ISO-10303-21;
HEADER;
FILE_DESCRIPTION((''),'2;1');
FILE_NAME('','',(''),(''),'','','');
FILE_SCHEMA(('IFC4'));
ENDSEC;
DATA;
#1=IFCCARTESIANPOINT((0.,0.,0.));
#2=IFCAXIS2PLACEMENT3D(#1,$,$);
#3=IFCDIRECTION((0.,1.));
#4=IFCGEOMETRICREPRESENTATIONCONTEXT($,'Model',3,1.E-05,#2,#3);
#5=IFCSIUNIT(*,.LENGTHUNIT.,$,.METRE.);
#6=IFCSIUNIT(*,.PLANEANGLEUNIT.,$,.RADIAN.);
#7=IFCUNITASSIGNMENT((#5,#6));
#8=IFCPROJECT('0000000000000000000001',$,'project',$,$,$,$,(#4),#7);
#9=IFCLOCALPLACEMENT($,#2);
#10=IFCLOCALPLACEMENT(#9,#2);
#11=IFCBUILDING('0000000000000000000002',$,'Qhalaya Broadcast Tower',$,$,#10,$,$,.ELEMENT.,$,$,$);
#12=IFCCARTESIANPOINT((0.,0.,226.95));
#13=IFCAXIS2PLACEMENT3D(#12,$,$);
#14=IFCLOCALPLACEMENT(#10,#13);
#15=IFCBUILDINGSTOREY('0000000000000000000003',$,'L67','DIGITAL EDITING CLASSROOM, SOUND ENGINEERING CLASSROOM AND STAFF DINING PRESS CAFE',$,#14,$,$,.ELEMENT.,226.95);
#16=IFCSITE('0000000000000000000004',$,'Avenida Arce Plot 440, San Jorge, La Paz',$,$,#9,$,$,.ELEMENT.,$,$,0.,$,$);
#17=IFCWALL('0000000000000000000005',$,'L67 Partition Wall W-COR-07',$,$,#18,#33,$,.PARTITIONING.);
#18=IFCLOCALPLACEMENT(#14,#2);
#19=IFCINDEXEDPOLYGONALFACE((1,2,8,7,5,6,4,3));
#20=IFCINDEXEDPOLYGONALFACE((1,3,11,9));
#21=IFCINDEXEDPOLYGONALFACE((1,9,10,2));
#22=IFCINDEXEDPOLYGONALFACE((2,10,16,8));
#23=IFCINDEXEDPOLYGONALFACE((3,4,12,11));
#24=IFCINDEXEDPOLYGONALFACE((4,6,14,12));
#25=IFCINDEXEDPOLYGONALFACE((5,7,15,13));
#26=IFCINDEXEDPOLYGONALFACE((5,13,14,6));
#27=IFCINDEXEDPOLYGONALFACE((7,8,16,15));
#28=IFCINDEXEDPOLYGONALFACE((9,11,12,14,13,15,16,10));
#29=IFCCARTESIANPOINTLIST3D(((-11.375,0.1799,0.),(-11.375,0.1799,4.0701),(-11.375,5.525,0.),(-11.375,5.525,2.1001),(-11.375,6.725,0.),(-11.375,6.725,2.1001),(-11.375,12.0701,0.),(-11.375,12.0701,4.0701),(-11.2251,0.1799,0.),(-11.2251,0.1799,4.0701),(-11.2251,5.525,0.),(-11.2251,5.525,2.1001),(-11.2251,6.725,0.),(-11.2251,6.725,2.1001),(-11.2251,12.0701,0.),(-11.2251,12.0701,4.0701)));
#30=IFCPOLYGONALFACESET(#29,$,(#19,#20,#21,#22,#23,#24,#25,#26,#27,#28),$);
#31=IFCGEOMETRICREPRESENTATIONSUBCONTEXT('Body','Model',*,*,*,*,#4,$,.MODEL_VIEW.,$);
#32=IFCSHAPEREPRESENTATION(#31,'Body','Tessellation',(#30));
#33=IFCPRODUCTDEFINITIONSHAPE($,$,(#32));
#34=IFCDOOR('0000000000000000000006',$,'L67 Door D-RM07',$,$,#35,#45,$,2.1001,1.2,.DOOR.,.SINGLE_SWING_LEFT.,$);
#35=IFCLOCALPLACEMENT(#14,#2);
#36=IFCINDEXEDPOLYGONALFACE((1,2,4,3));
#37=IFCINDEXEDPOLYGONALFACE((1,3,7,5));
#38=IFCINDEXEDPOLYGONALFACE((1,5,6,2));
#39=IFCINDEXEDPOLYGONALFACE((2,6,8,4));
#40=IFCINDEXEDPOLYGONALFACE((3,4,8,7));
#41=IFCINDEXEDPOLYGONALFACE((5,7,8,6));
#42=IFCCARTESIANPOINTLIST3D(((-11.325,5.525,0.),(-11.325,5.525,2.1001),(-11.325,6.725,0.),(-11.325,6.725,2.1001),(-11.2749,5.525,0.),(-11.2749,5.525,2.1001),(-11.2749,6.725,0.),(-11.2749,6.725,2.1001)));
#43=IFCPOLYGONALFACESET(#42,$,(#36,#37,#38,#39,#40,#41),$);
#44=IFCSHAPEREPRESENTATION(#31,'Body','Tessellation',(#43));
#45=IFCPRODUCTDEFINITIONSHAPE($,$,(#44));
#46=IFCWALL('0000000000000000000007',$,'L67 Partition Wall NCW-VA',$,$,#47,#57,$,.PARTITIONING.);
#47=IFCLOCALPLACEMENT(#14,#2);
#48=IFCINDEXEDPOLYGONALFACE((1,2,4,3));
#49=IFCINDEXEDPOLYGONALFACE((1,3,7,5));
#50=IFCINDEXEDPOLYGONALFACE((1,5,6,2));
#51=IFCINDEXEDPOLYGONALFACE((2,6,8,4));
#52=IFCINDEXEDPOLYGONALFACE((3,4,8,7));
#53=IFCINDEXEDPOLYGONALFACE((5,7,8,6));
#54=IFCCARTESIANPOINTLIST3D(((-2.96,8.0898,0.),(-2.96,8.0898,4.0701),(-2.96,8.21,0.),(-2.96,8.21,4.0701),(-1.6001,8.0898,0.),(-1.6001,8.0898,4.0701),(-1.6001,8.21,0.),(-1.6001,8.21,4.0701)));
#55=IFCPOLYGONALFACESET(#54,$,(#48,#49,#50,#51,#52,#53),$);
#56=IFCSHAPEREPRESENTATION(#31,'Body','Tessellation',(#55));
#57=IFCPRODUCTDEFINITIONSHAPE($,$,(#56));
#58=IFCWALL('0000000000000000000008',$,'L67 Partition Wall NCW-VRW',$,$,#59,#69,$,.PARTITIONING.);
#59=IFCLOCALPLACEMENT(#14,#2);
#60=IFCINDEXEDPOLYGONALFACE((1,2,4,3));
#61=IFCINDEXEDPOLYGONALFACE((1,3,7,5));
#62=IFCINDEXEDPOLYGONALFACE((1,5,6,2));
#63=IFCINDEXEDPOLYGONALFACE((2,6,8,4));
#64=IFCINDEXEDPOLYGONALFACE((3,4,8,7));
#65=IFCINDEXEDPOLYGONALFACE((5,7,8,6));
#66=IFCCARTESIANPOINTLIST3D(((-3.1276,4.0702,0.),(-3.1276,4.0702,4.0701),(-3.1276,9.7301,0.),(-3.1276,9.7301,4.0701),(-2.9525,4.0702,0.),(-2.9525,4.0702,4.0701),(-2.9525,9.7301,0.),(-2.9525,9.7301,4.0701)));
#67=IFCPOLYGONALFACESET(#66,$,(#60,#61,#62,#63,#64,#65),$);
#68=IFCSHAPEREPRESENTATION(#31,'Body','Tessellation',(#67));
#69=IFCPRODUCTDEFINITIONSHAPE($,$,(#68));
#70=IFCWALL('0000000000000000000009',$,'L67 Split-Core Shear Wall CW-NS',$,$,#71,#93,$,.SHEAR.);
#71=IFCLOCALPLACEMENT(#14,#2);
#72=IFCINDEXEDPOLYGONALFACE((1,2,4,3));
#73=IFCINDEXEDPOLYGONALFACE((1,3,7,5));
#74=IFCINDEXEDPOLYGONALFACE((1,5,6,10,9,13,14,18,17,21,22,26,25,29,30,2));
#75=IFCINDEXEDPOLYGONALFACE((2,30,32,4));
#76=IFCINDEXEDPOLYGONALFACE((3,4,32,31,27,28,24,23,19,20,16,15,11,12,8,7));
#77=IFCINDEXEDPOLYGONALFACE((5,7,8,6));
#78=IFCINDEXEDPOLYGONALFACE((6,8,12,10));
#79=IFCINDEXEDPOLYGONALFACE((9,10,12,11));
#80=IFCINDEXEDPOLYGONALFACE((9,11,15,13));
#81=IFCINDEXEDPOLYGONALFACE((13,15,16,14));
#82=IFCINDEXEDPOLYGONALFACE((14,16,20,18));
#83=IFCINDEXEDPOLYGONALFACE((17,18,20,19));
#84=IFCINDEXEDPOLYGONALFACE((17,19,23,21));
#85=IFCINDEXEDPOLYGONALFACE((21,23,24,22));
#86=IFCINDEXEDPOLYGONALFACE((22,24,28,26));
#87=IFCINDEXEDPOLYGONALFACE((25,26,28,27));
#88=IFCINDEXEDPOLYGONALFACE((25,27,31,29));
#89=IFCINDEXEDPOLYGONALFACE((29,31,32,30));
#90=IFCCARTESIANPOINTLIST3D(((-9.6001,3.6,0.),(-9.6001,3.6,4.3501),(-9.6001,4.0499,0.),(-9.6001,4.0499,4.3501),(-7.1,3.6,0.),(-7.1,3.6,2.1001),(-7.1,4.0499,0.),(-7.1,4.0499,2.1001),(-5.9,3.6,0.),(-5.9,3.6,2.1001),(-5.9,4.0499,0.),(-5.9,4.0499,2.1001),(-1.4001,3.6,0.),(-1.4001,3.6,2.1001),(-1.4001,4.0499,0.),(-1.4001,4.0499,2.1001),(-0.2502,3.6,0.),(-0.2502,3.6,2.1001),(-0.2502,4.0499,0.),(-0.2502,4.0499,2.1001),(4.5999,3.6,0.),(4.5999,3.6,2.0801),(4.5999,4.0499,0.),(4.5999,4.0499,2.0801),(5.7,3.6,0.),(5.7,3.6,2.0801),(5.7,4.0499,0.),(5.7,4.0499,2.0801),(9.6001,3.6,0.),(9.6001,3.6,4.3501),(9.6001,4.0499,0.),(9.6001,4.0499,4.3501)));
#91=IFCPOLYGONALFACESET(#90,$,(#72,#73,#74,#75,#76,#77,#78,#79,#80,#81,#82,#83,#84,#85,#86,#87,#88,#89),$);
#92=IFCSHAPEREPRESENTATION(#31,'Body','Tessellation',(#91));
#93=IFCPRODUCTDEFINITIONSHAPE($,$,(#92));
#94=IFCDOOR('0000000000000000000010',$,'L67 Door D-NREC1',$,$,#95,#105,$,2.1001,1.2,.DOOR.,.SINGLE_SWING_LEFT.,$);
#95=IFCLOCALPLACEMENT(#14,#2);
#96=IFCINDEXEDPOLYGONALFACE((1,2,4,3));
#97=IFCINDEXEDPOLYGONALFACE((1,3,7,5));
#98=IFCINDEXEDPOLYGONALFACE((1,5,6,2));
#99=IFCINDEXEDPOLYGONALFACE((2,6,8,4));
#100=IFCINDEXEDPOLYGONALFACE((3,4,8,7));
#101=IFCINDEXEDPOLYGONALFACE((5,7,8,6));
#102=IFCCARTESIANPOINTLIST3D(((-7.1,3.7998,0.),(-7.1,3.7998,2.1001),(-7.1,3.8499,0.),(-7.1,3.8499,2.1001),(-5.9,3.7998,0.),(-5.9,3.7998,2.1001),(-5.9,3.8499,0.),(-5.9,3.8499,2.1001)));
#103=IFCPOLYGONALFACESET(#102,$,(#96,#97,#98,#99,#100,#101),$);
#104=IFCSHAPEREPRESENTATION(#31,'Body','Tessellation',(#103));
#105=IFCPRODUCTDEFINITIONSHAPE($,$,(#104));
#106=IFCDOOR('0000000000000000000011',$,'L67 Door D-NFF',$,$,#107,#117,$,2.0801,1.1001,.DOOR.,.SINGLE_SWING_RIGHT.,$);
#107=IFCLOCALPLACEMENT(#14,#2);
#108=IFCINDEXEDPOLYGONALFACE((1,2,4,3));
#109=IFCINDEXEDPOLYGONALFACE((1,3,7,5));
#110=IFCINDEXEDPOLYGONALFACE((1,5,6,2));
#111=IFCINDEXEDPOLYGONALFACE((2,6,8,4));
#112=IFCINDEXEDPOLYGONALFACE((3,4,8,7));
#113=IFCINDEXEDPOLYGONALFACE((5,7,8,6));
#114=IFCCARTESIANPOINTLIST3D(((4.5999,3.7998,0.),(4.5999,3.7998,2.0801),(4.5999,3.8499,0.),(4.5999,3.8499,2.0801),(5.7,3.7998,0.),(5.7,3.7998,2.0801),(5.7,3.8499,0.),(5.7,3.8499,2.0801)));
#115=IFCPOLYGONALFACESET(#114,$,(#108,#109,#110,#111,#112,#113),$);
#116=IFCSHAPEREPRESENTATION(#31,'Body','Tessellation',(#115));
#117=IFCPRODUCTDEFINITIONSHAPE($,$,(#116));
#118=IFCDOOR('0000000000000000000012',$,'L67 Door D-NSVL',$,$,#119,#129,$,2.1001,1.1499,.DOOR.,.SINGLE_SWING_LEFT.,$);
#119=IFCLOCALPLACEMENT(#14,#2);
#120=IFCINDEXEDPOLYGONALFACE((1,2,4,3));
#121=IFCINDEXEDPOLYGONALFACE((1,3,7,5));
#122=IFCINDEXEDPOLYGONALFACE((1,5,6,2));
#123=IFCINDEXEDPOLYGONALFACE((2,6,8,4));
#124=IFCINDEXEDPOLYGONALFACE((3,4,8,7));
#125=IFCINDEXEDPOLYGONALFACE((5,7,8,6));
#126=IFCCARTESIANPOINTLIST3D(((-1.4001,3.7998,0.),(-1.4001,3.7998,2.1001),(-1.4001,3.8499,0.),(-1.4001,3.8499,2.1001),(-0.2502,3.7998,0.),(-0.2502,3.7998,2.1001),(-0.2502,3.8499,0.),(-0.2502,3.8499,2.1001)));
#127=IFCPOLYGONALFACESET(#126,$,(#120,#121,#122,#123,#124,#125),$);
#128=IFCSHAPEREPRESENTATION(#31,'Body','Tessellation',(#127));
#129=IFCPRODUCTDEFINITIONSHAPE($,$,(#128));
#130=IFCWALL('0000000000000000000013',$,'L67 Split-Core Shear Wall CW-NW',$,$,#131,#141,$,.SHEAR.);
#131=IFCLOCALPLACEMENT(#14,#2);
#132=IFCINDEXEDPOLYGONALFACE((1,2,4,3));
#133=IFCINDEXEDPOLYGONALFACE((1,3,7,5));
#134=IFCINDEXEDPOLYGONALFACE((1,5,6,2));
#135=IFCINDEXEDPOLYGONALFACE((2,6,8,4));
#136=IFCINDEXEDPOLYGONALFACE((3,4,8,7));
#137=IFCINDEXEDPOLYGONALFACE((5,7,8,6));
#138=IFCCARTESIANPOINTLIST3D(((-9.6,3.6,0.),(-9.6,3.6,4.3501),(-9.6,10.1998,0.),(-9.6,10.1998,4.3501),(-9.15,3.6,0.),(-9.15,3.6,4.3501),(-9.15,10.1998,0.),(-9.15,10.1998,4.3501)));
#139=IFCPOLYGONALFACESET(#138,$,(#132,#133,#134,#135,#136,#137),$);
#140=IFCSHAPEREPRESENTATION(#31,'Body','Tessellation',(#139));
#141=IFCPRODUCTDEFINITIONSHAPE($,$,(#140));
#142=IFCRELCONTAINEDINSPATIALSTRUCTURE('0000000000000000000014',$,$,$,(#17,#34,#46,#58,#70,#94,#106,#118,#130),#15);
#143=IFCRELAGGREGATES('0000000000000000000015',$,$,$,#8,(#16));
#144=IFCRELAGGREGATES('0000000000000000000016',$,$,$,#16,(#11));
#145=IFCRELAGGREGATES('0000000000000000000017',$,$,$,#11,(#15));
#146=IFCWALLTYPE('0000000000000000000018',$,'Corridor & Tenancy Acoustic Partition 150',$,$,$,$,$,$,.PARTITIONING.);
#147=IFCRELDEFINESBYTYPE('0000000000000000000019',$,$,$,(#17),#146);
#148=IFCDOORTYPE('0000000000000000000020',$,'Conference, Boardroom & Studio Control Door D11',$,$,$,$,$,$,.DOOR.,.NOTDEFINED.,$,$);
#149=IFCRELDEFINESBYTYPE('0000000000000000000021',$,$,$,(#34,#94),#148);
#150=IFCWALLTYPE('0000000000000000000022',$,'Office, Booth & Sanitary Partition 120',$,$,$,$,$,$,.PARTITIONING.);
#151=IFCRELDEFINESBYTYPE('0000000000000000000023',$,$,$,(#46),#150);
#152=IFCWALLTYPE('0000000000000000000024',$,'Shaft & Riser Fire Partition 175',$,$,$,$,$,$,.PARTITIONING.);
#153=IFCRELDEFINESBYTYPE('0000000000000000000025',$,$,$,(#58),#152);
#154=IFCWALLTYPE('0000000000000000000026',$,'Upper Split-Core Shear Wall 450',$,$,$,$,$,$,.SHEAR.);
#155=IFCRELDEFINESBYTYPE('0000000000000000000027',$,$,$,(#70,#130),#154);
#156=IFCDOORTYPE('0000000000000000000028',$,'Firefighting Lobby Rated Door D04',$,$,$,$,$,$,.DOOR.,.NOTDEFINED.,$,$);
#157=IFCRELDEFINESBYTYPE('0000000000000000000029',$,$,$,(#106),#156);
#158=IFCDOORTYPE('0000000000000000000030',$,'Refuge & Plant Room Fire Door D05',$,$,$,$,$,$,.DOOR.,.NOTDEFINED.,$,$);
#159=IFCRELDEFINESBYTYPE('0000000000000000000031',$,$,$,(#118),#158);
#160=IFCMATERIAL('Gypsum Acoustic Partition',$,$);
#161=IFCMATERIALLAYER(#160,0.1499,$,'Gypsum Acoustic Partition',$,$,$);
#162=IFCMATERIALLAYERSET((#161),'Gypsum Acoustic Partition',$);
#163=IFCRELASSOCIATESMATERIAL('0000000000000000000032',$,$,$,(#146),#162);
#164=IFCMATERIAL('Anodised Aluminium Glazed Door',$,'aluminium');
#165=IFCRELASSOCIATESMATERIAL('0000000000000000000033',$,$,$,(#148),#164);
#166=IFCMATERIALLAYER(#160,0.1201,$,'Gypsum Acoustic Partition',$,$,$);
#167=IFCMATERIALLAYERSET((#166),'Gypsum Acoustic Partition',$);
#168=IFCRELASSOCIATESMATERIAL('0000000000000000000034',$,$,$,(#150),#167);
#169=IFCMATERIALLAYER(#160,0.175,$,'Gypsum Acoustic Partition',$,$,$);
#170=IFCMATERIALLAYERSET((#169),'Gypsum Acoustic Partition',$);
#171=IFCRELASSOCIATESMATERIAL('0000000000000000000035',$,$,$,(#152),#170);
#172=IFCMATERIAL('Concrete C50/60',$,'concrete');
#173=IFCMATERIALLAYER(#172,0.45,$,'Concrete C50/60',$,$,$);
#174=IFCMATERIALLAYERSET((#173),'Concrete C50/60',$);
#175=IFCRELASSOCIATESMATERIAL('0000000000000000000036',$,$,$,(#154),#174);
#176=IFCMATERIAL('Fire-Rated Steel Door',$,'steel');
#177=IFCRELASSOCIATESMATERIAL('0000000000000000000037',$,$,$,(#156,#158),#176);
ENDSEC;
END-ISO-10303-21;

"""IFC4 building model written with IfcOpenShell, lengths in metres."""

from ifc_helpers import new_model, si_unit, direction, frame, frame_2d, origin, place, context, subcontext, project, spatial, rectangle, extrude, material, layer, layer_set, type_object, element, fill, save


model = new_model("IFC4")

# Units and contexts
model_context = context("Model", 3, precision=1e-05, world=origin(), true_north=direction((0.0, 1.0)))
body_context = subcontext(model_context, "Body", "Model", "MODEL_VIEW")
ifc_project = project(units=[si_unit("LENGTHUNIT", "METRE"), si_unit("PLANEANGLEUNIT", "RADIAN")], contexts=[model_context])

# Site, building, storey
site_placement = place(None, origin())
site = spatial("IfcSite", under=ifc_project, at=site_placement, Name="Avenida Arce Plot 440, San Jorge, La Paz", CompositionType="ELEMENT", RefElevation=0.0)
building_placement = place(site_placement, origin())
building = spatial("IfcBuilding", under=site, at=building_placement, Name="Qhalaya Broadcast Tower", CompositionType="ELEMENT")
storey_placement = place(building_placement, frame((0.0, 0.0, 226.95)))
storey = spatial("IfcBuildingStorey", under=building, at=storey_placement, Name="L67", Description="DIGITAL EDITING CLASSROOM, SOUND ENGINEERING CLASSROOM AND STAFF DINING PRESS CAFE", CompositionType="ELEMENT", Elevation=226.95)

# Shared definitions
ifc_material_1 = material(Name="Concrete C50/60", Category="concrete")

# Shared definitions
ifc_material_2 = material(Name="Gypsum Acoustic Partition")
ifc_layer_1 = layer(ifc_material_2, 0.1499, Name="Gypsum Acoustic Partition")
ifc_layer_set_1 = layer_set([ifc_layer_1], Name="Gypsum Acoustic Partition")
wall_type_1 = type_object("IfcWallType", Name="Corridor & Tenancy Acoustic Partition 150", PredefinedType="PARTITIONING", material=ifc_layer_set_1)
ifc_material_3 = material(Name="Fire-Rated Steel Door", Category="steel")

# Wall, opening, door
wall_1_placement = place(storey_placement, frame((-11.3, 0.1799, 0.0), z_axis=(0.0, 0.0, 1.0), x_axis=(0.0, 1.0, 0.0)))
wall_1 = element("IfcWall", 1, at=wall_1_placement, inside=storey, type_object=wall_type_1, Name="L67 Partition Wall W-COR-07", PredefinedType="PARTITIONING", context=body_context, shape_type="SweptSolid", body=[
    extrude(rectangle(XDim=11.8901, YDim=0.1499, at=frame_2d((5.9451, 0.0))), origin(), (0.0, 0.0, 1.0), 4.0701),
])
opening_1_placement = place(wall_1_placement, frame((5.345, 0.0, 0.0)))
opening_1 = element("IfcOpeningElement", 2, at=opening_1_placement, cuts=wall_1, PredefinedType="OPENING", context=body_context, shape_type="SweptSolid", body=[
    extrude(rectangle(XDim=1.2, YDim=2.1001, at=frame_2d((0.6001, 1.05))), frame((0.0, 0.0869, 0.0), z_axis=(0.0, -1.0, 0.0), x_axis=(1.0, 0.0, 0.0)), (0.0, 0.0, 1.0), 0.1738),
])
ifc_material_4 = material(Name="Anodised Aluminium Glazed Door", Category="aluminium")
door_type_1 = type_object("IfcDoorType", Name="Conference, Boardroom & Studio Control Door D11", OperationType="NOTDEFINED", PredefinedType="DOOR", material=ifc_material_4)
door_1_placement = place(opening_1_placement, origin())
door_1 = element("IfcDoor", 3, at=door_1_placement, inside=storey, type_object=door_type_1, Name="L67 Door D-RM07", OperationType="SINGLE_SWING_LEFT", OverallHeight=2.1001, OverallWidth=1.2, PredefinedType="DOOR", context=body_context, shape_type="SweptSolid", body=[
    extrude(rectangle(XDim=1.2, YDim=2.1001, at=frame_2d((0.6001, 1.05))), frame((0.0, 0.0249, 0.0), z_axis=(0.0, -1.0, 0.0), x_axis=(1.0, 0.0, 0.0)), (0.0, 0.0, 1.0), 0.05),
])
fill(opening_1, door_1)

# Walls
ifc_layer_2 = layer(ifc_material_2, 0.1201, Name="Gypsum Acoustic Partition")
ifc_layer_set_2 = layer_set([ifc_layer_2], Name="Gypsum Acoustic Partition")
wall_type_2 = type_object("IfcWallType", Name="Office, Booth & Sanitary Partition 120", PredefinedType="PARTITIONING", material=ifc_layer_set_2)
wall_2_placement = place(storey_placement, frame((-2.96, 8.1499, 0.0), z_axis=(0.0, 0.0, 1.0), x_axis=(1.0, 0.0, 0.0)))
element("IfcWall", 4, at=wall_2_placement, inside=storey, type_object=wall_type_2, Name="L67 Partition Wall NCW-VA", PredefinedType="PARTITIONING", context=body_context, shape_type="SweptSolid", body=[
    extrude(rectangle(XDim=1.3599, YDim=0.1201, at=frame_2d((0.6799, 0.0))), origin(), (0.0, 0.0, 1.0), 4.0701),
])
ifc_layer_3 = layer(ifc_material_2, 0.175, Name="Gypsum Acoustic Partition")
ifc_layer_set_3 = layer_set([ifc_layer_3], Name="Gypsum Acoustic Partition")
wall_type_3 = type_object("IfcWallType", Name="Shaft & Riser Fire Partition 175", PredefinedType="PARTITIONING", material=ifc_layer_set_3)
wall_3_placement = place(storey_placement, frame((-3.04, 4.0701, 0.0), z_axis=(0.0, 0.0, 1.0), x_axis=(0.0, 1.0, 0.0)))
element("IfcWall", 5, at=wall_3_placement, inside=storey, type_object=wall_type_3, Name="L67 Partition Wall NCW-VRW", PredefinedType="PARTITIONING", context=body_context, shape_type="SweptSolid", body=[
    extrude(rectangle(XDim=5.6599, YDim=0.175, at=frame_2d((2.8301, 0.0))), origin(), (0.0, 0.0, 1.0), 4.0701),
])

# Wall, openings, doors
ifc_layer_4 = layer(ifc_material_1, 0.45, Name="Concrete C50/60")
ifc_layer_set_4 = layer_set([ifc_layer_4], Name="Concrete C50/60")
wall_type_4 = type_object("IfcWallType", Name="Upper Split-Core Shear Wall 450", PredefinedType="SHEAR", material=ifc_layer_set_4)
wall_4_placement = place(storey_placement, frame((-9.6001, 3.825, 0.0), z_axis=(0.0, 0.0, 1.0), x_axis=(1.0, 0.0, 0.0)))
wall_4 = element("IfcWall", 6, at=wall_4_placement, inside=storey, type_object=wall_type_4, Name="L67 Split-Core Shear Wall CW-NS", PredefinedType="SHEAR", context=body_context, shape_type="SweptSolid", body=[
    extrude(rectangle(XDim=19.2002, YDim=0.45, at=frame_2d((9.6001, 0.0))), origin(), (0.0, 0.0, 1.0), 4.3501),
])
opening_2_placement = place(wall_4_placement, frame((14.2, 0.0, 0.0)))
opening_2 = element("IfcOpeningElement", 7, at=opening_2_placement, cuts=wall_4, PredefinedType="OPENING", context=body_context, shape_type="SweptSolid", body=[
    extrude(rectangle(XDim=1.1001, YDim=2.0801, at=frame_2d((0.55, 1.04))), frame((0.0, 0.2371, 0.0), z_axis=(0.0, -1.0, 0.0), x_axis=(1.0, 0.0, 0.0)), (0.0, 0.0, 1.0), 0.4739),
])
opening_3_placement = place(wall_4_placement, frame((8.2, 0.0, 0.0)))
opening_3 = element("IfcOpeningElement", 8, at=opening_3_placement, cuts=wall_4, PredefinedType="OPENING", context=body_context, shape_type="SweptSolid", body=[
    extrude(rectangle(XDim=1.1499, YDim=2.1001, at=frame_2d((0.575, 1.05))), frame((0.0, 0.2371, 0.0), z_axis=(0.0, -1.0, 0.0), x_axis=(1.0, 0.0, 0.0)), (0.0, 0.0, 1.0), 0.4739),
])
opening_4_placement = place(wall_4_placement, frame((2.5, 0.0, 0.0)))
opening_4 = element("IfcOpeningElement", 9, at=opening_4_placement, cuts=wall_4, PredefinedType="OPENING", context=body_context, shape_type="SweptSolid", body=[
    extrude(rectangle(XDim=1.2, YDim=2.1001, at=frame_2d((0.6001, 1.05))), frame((0.0, 0.2371, 0.0), z_axis=(0.0, -1.0, 0.0), x_axis=(1.0, 0.0, 0.0)), (0.0, 0.0, 1.0), 0.4739),
])
door_2_placement = place(opening_4_placement, origin())
door_2 = element("IfcDoor", 10, at=door_2_placement, inside=storey, type_object=door_type_1, Name="L67 Door D-NREC1", OperationType="SINGLE_SWING_LEFT", OverallHeight=2.1001, OverallWidth=1.2, PredefinedType="DOOR", context=body_context, shape_type="SweptSolid", body=[
    extrude(rectangle(XDim=1.2, YDim=2.1001, at=frame_2d((0.6001, 1.05))), frame((0.0, 0.0249, 0.0), z_axis=(0.0, -1.0, 0.0), x_axis=(1.0, 0.0, 0.0)), (0.0, 0.0, 1.0), 0.05),
])
fill(opening_4, door_2)
door_type_2 = type_object("IfcDoorType", Name="Firefighting Lobby Rated Door D04", OperationType="NOTDEFINED", PredefinedType="DOOR", material=ifc_material_3)
door_3_placement = place(opening_2_placement, origin())
door_3 = element("IfcDoor", 11, at=door_3_placement, inside=storey, type_object=door_type_2, Name="L67 Door D-NFF", OperationType="SINGLE_SWING_RIGHT", OverallHeight=2.0801, OverallWidth=1.1001, PredefinedType="DOOR", context=body_context, shape_type="SweptSolid", body=[
    extrude(rectangle(XDim=1.1001, YDim=2.0801, at=frame_2d((0.55, 1.04))), frame((0.0, 0.0249, 0.0), z_axis=(0.0, -1.0, 0.0), x_axis=(1.0, 0.0, 0.0)), (0.0, 0.0, 1.0), 0.05),
])
fill(opening_2, door_3)
door_type_3 = type_object("IfcDoorType", Name="Refuge & Plant Room Fire Door D05", OperationType="NOTDEFINED", PredefinedType="DOOR", material=ifc_material_3)
door_4_placement = place(opening_3_placement, origin())
door_4 = element("IfcDoor", 12, at=door_4_placement, inside=storey, type_object=door_type_3, Name="L67 Door D-NSVL", OperationType="SINGLE_SWING_LEFT", OverallHeight=2.1001, OverallWidth=1.1499, PredefinedType="DOOR", context=body_context, shape_type="SweptSolid", body=[
    extrude(rectangle(XDim=1.1499, YDim=2.1001, at=frame_2d((0.575, 1.05))), frame((0.0, 0.0249, 0.0), z_axis=(0.0, -1.0, 0.0), x_axis=(1.0, 0.0, 0.0)), (0.0, 0.0, 1.0), 0.05),
])
fill(opening_3, door_4)

# Wall
wall_5_placement = place(storey_placement, frame((-9.375, 3.6001, 0.0), z_axis=(0.0, 0.0, 1.0), x_axis=(0.0, 1.0, 0.0)))
element("IfcWall", 13, at=wall_5_placement, inside=storey, type_object=wall_type_4, Name="L67 Split-Core Shear Wall CW-NW", PredefinedType="SHEAR", context=body_context, shape_type="SweptSolid", body=[
    extrude(rectangle(XDim=6.5999, YDim=0.45, at=frame_2d((3.2998, 0.0))), origin(), (0.0, 0.0, 1.0), 4.3501),
])

save(model, "model.ifc")
